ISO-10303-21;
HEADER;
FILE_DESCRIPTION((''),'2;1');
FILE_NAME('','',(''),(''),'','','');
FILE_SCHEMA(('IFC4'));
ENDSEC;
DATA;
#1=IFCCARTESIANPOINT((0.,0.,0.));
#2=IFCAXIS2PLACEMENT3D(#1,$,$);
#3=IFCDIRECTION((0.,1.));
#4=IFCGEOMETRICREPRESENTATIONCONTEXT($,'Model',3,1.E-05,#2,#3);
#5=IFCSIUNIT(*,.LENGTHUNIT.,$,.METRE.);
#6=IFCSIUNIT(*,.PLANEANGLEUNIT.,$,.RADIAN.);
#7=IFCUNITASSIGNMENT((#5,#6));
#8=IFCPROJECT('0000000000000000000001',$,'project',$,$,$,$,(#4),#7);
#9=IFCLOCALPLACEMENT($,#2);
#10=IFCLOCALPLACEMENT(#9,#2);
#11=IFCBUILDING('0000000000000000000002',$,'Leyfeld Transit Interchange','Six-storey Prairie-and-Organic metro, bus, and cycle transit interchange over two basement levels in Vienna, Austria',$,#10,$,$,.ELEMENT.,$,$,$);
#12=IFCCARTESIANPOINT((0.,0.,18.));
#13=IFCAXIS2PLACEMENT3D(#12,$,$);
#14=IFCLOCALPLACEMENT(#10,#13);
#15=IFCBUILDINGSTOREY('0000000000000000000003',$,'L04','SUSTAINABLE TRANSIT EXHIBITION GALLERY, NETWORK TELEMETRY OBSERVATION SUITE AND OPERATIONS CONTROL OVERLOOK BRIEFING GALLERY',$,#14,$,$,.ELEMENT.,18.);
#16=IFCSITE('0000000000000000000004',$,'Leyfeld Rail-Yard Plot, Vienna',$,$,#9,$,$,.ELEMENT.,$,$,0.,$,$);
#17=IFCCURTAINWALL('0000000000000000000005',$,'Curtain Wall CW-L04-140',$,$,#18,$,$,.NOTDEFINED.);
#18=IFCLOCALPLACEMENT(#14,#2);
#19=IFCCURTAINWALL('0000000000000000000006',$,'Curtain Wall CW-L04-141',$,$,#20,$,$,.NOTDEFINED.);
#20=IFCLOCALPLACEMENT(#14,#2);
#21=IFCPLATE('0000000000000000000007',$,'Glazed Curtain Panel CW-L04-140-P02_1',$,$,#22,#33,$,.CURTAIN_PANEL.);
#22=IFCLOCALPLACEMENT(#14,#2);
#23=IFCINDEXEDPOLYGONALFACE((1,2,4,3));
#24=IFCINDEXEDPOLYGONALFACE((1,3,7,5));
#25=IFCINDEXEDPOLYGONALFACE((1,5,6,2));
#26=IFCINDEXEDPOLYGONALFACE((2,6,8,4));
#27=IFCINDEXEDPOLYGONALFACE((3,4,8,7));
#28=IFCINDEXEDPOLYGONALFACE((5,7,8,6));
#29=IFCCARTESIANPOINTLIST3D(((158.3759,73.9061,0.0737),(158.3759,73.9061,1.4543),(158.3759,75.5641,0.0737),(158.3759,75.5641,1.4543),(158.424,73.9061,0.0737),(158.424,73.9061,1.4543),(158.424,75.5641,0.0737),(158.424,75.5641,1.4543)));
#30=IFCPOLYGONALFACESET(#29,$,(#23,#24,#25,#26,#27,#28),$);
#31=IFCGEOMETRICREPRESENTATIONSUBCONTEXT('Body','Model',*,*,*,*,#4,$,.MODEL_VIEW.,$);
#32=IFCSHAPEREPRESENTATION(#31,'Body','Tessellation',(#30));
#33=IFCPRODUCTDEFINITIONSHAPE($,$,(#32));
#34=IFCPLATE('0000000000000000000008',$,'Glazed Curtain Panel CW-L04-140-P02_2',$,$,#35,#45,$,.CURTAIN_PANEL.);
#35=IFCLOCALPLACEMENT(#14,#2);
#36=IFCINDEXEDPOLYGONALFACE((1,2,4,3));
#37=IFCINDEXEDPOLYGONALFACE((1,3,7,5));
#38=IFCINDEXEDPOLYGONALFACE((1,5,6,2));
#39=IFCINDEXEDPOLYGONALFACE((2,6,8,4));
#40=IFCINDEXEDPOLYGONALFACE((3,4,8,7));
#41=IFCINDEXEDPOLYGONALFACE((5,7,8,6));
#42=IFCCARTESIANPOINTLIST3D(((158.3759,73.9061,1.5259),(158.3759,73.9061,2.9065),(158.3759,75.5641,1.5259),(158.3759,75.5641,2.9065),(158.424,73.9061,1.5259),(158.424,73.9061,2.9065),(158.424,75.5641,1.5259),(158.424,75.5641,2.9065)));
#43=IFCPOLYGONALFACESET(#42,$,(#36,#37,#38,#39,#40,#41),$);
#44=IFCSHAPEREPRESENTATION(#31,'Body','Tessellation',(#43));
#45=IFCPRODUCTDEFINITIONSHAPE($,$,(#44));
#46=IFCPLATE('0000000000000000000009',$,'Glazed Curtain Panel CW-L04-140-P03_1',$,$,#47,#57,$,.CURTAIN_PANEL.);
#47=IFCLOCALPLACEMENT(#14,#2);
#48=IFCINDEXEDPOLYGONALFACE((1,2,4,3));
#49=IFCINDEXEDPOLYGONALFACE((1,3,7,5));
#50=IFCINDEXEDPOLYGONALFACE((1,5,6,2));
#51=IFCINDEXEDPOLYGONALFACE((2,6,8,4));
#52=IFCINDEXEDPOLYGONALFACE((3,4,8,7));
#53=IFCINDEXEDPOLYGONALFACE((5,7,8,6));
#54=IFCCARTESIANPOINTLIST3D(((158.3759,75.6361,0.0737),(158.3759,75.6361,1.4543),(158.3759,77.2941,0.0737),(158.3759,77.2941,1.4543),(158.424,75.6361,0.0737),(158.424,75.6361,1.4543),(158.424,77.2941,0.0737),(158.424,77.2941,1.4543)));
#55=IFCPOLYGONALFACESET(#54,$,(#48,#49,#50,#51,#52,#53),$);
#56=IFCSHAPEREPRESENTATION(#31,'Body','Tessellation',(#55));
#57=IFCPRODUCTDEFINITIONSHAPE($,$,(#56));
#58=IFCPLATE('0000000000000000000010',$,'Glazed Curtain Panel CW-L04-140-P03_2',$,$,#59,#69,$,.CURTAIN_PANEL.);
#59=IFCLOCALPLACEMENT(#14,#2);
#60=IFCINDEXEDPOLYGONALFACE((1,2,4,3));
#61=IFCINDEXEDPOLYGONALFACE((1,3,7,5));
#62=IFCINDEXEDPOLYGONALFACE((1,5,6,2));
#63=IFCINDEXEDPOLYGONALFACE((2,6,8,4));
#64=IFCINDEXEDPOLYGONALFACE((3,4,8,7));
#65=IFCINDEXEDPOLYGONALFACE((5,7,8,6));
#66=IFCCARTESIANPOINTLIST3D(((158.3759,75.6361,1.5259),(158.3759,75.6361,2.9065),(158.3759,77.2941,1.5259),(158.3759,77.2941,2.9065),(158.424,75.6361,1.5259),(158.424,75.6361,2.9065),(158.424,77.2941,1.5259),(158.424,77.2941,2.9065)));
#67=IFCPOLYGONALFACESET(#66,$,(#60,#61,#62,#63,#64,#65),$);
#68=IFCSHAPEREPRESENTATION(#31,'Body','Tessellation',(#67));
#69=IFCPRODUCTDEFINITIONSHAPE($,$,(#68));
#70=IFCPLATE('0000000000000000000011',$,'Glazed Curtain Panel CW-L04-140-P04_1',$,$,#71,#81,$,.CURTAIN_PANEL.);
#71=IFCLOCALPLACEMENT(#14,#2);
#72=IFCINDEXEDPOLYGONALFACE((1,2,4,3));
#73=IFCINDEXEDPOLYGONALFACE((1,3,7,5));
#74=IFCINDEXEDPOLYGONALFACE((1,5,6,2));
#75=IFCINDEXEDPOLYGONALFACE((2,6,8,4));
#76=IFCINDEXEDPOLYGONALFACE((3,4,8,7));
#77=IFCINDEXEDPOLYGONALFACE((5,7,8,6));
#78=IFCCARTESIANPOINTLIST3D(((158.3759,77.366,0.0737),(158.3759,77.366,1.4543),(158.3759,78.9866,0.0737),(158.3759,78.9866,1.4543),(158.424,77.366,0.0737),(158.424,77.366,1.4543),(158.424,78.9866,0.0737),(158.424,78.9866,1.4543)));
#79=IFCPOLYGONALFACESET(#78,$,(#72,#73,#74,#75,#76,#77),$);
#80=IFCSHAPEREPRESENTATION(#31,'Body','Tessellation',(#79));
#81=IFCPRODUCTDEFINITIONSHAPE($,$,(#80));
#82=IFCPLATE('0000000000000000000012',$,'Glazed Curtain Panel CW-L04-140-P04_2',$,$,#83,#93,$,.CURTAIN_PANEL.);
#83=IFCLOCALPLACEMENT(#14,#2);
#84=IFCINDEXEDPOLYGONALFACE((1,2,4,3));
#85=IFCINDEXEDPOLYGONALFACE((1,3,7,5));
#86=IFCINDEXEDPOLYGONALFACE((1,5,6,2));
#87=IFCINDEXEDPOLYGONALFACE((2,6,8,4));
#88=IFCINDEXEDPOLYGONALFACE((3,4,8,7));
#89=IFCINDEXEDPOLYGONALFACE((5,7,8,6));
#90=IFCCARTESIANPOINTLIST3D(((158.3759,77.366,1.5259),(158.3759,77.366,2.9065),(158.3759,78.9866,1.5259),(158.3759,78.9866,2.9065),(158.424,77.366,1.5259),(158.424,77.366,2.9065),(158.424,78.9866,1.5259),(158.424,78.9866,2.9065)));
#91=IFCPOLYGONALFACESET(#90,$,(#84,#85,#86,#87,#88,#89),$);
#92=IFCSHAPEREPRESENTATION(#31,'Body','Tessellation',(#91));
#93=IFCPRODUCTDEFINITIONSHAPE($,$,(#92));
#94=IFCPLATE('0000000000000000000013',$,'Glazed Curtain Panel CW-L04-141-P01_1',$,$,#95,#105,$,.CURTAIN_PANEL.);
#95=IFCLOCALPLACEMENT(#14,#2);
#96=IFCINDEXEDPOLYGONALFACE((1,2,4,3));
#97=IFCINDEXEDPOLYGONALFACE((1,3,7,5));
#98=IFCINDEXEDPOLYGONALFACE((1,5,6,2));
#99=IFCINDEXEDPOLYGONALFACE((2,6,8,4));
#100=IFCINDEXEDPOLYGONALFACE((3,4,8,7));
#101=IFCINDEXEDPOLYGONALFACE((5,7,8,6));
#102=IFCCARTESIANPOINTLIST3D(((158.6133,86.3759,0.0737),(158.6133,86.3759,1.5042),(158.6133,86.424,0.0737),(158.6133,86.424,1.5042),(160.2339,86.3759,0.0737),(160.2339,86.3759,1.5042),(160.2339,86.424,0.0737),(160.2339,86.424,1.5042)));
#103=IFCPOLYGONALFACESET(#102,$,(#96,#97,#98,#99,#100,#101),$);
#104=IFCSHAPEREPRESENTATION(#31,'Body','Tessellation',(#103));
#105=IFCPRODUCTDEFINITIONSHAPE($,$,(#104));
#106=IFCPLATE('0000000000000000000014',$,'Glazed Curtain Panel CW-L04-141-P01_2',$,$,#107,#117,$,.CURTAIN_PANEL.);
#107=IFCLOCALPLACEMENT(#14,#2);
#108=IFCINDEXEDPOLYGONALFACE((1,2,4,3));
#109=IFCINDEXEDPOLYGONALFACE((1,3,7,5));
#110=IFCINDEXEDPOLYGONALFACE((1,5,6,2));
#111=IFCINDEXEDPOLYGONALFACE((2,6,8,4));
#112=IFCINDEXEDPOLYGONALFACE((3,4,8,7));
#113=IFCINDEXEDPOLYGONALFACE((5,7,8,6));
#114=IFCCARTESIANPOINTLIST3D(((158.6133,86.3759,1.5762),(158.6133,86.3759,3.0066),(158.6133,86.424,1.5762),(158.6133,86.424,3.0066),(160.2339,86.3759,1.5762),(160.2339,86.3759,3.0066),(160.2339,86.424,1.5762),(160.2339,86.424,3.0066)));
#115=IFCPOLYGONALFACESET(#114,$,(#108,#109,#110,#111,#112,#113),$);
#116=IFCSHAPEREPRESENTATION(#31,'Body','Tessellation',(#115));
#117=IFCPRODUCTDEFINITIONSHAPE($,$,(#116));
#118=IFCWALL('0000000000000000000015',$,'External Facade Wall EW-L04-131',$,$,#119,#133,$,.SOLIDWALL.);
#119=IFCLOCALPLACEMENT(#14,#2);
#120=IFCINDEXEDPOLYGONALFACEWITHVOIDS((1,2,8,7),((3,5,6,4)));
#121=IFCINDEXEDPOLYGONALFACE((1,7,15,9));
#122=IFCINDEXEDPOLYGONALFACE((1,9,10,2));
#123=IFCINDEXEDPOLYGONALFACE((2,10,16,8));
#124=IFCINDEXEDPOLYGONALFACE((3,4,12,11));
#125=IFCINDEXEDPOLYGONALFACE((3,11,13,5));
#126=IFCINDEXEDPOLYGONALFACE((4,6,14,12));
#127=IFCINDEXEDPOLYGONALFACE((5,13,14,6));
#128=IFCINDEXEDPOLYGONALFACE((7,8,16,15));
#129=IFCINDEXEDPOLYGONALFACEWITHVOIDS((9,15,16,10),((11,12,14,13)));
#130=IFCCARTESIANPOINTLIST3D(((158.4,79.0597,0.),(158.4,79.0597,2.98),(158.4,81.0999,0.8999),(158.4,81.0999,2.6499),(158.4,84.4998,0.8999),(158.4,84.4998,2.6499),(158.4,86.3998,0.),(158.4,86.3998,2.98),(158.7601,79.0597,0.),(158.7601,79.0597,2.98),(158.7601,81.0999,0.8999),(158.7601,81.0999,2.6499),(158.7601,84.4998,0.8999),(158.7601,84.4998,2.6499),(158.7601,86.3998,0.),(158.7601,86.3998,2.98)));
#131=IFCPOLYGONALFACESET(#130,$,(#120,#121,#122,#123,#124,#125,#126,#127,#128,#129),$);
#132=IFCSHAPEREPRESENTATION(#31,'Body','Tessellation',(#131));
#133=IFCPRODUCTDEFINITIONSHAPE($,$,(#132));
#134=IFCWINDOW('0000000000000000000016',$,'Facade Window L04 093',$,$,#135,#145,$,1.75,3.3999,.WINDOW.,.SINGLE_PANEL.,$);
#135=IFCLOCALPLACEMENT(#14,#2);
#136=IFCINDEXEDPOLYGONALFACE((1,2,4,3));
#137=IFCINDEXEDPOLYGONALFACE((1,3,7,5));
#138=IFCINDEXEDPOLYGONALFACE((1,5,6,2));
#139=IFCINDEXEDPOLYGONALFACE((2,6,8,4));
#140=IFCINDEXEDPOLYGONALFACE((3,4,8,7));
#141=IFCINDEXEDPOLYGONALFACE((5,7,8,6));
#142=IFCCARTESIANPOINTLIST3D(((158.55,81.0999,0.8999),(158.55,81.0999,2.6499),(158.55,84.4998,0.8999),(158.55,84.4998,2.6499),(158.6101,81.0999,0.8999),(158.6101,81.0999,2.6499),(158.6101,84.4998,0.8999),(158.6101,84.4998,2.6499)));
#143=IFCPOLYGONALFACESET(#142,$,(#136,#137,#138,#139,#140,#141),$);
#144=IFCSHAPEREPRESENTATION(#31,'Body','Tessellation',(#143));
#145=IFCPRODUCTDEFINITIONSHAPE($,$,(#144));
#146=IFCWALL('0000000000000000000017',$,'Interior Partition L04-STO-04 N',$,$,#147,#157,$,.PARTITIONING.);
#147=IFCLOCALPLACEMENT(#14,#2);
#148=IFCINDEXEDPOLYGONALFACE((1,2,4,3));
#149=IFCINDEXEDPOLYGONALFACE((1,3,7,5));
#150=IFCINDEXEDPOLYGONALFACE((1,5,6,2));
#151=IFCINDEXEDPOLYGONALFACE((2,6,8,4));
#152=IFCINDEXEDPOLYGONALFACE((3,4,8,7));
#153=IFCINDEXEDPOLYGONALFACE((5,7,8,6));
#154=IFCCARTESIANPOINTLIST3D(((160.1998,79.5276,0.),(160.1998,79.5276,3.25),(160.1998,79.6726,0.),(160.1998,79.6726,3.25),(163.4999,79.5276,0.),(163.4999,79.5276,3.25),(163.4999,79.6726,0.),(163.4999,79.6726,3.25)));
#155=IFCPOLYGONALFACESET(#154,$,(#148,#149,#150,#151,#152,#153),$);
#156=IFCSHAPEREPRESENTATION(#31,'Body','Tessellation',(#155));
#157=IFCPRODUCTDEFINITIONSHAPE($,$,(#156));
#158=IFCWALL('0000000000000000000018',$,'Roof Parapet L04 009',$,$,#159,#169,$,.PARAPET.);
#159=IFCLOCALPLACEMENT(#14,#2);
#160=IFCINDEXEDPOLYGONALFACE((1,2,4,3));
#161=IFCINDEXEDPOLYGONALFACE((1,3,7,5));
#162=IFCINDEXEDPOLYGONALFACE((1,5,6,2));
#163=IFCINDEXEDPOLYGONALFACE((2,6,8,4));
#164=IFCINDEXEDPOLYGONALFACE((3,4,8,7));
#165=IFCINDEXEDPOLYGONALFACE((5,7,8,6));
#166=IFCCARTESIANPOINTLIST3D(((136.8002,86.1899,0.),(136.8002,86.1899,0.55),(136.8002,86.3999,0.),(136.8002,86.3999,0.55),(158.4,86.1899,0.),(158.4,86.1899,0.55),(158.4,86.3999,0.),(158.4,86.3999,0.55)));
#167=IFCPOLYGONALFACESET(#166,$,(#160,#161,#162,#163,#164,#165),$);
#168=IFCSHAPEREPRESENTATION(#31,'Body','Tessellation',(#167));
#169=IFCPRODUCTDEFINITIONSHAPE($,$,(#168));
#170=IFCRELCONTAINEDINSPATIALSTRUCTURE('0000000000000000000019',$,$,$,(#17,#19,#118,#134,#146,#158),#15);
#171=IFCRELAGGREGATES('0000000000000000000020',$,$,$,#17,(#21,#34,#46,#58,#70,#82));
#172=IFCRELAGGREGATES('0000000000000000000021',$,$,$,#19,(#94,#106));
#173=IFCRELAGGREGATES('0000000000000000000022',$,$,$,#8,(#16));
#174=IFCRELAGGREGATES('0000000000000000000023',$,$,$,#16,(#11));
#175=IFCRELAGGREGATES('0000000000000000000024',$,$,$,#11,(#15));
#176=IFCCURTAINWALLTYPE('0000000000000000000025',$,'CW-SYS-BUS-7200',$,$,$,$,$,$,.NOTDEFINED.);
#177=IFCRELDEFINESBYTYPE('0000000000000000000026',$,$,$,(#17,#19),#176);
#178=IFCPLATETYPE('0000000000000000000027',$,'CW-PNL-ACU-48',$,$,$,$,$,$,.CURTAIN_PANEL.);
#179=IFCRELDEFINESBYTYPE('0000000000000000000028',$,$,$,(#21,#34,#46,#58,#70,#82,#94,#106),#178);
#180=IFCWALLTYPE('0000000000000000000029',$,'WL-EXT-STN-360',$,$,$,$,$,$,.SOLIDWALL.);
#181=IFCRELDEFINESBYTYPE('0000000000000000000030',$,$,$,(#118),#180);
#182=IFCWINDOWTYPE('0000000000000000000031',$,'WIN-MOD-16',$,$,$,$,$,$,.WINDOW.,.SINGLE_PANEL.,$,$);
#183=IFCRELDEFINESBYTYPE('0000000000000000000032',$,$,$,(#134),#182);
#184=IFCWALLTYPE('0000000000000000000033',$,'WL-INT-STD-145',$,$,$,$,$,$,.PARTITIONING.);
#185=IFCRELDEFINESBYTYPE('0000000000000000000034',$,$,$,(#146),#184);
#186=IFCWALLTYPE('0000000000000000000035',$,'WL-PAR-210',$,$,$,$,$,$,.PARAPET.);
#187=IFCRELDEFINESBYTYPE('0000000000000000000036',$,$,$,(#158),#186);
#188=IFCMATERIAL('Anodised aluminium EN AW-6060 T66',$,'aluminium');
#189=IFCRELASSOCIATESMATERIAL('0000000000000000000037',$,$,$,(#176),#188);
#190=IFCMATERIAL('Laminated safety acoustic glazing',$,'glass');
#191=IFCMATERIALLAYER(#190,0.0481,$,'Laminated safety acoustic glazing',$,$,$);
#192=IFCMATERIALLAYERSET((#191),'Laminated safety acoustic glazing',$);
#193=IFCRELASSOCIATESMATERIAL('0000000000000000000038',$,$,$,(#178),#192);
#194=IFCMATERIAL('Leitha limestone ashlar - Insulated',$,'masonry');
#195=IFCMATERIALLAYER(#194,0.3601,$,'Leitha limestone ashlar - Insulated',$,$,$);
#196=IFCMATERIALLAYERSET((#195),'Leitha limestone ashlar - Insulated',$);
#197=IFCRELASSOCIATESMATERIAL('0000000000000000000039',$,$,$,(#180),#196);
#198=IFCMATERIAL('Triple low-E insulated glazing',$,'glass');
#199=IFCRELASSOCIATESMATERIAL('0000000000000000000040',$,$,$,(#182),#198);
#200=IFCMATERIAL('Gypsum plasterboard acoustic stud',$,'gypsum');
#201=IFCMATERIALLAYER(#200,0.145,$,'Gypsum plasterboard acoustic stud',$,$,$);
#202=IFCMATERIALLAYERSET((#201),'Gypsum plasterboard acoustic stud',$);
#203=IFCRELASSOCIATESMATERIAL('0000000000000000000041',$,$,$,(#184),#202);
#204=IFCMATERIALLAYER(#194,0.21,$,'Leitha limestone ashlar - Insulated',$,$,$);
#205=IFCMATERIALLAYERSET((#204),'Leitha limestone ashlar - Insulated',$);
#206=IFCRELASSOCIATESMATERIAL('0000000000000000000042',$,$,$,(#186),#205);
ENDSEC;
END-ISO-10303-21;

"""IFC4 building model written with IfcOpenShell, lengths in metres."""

from ifc_helpers import new_model, si_unit, direction, frame, frame_2d, origin, origin_2d, place, context, subcontext, project, spatial, rectangle, extrude, material, layer, layer_set, type_object, element, fill, aggregate, save


model = new_model("IFC4")

# Units and contexts
model_context = context("Model", 3, precision=1e-05, world=origin(), true_north=direction((0.0, 1.0)))
body_context = subcontext(model_context, "Body", "Model", "MODEL_VIEW")
ifc_project = project(units=[si_unit("LENGTHUNIT", "METRE"), si_unit("PLANEANGLEUNIT", "RADIAN")], contexts=[model_context])

# Site, building, storey
site_placement = place(None, origin())
site = spatial("IfcSite", under=ifc_project, at=site_placement, Name="Leyfeld Rail-Yard Plot, Vienna", CompositionType="ELEMENT", RefElevation=0.0)
building_placement = place(site_placement, origin())
building = spatial("IfcBuilding", under=site, at=building_placement, Name="Leyfeld Transit Interchange", Description="Six-storey Prairie-and-Organic metro, bus, and cycle transit interchange over two basement levels in Vienna, Austria", CompositionType="ELEMENT")
storey_placement = place(building_placement, frame((0.0, 0.0, 18.0)))
storey = spatial("IfcBuildingStorey", under=building, at=storey_placement, Name="L04", Description="SUSTAINABLE TRANSIT EXHIBITION GALLERY, NETWORK TELEMETRY OBSERVATION SUITE AND OPERATIONS CONTROL OVERLOOK BRIEFING GALLERY", CompositionType="ELEMENT", Elevation=18.0)

# Curtain wall
ifc_material_1 = material(Name="Anodised aluminium EN AW-6060 T66", Category="aluminium")
curtain_wall_type = type_object("IfcCurtainWallType", Name="CW-SYS-BUS-7200", PredefinedType="NOTDEFINED", material=ifc_material_1)
curtain_wall_1_placement = place(storey_placement, origin())
curtain_wall_1 = element("IfcCurtainWall", 1, at=curtain_wall_1_placement, inside=storey, type_object=curtain_wall_type, Name="Curtain Wall CW-L04-140", PredefinedType="NOTDEFINED")

# Curtain wall
curtain_wall_2_placement = place(storey_placement, origin())
curtain_wall_2 = element("IfcCurtainWall", 2, at=curtain_wall_2_placement, inside=storey, type_object=curtain_wall_type, Name="Curtain Wall CW-L04-141", PredefinedType="NOTDEFINED")

# Plates
ifc_material_2 = material(Name="Laminated safety acoustic glazing", Category="glass")
ifc_layer_1 = layer(ifc_material_2, 0.0481, Name="Laminated safety acoustic glazing")
ifc_layer_set_1 = layer_set([ifc_layer_1], Name="Laminated safety acoustic glazing")
plate_type = type_object("IfcPlateType", Name="CW-PNL-ACU-48", PredefinedType="CURTAIN_PANEL", material=ifc_layer_set_1)
plate_1_placement = place(storey_placement, frame((158.3999, 74.7351, 0.0737), z_axis=(0.0, 0.0, 1.0), x_axis=(0.0, 1.0, 0.0)))
plate_1 = element("IfcPlate", 3, at=plate_1_placement, type_object=plate_type, Name="Glazed Curtain Panel CW-L04-140-P02_1", PredefinedType="CURTAIN_PANEL", context=body_context, shape_type="SweptSolid", body=[
    extrude(rectangle(XDim=1.658, YDim=0.0481, at=origin_2d()), origin(), (0.0, 0.0, 1.0), 1.3806),
])
plate_2_placement = place(storey_placement, frame((158.3999, 74.7351, 1.5259), z_axis=(0.0, 0.0, 1.0), x_axis=(0.0, 1.0, 0.0)))
plate_2 = element("IfcPlate", 4, at=plate_2_placement, type_object=plate_type, Name="Glazed Curtain Panel CW-L04-140-P02_2", PredefinedType="CURTAIN_PANEL", context=body_context, shape_type="SweptSolid", body=[
    extrude(rectangle(XDim=1.658, YDim=0.0481, at=origin_2d()), origin(), (0.0, 0.0, 1.0), 1.3806),
])
plate_3_placement = place(storey_placement, frame((158.3999, 76.4651, 0.0737), z_axis=(0.0, 0.0, 1.0), x_axis=(0.0, 1.0, 0.0)))
plate_3 = element("IfcPlate", 5, at=plate_3_placement, type_object=plate_type, Name="Glazed Curtain Panel CW-L04-140-P03_1", PredefinedType="CURTAIN_PANEL", context=body_context, shape_type="SweptSolid", body=[
    extrude(rectangle(XDim=1.658, YDim=0.0481, at=origin_2d()), origin(), (0.0, 0.0, 1.0), 1.3806),
])
plate_4_placement = place(storey_placement, frame((158.3999, 76.4651, 1.5259), z_axis=(0.0, 0.0, 1.0), x_axis=(0.0, 1.0, 0.0)))
plate_4 = element("IfcPlate", 6, at=plate_4_placement, type_object=plate_type, Name="Glazed Curtain Panel CW-L04-140-P03_2", PredefinedType="CURTAIN_PANEL", context=body_context, shape_type="SweptSolid", body=[
    extrude(rectangle(XDim=1.658, YDim=0.0481, at=origin_2d()), origin(), (0.0, 0.0, 1.0), 1.3806),
])
plate_5_placement = place(storey_placement, frame((158.3999, 78.1763, 0.0737), z_axis=(0.0, 0.0, 1.0), x_axis=(0.0, 1.0, 0.0)))
plate_5 = element("IfcPlate", 7, at=plate_5_placement, type_object=plate_type, Name="Glazed Curtain Panel CW-L04-140-P04_1", PredefinedType="CURTAIN_PANEL", context=body_context, shape_type="SweptSolid", body=[
    extrude(rectangle(XDim=1.6206, YDim=0.0481, at=origin_2d()), origin(), (0.0, 0.0, 1.0), 1.3806),
])
plate_6_placement = place(storey_placement, frame((158.3999, 78.1763, 1.5259), z_axis=(0.0, 0.0, 1.0), x_axis=(0.0, 1.0, 0.0)))
plate_6 = element("IfcPlate", 8, at=plate_6_placement, type_object=plate_type, Name="Glazed Curtain Panel CW-L04-140-P04_2", PredefinedType="CURTAIN_PANEL", context=body_context, shape_type="SweptSolid", body=[
    extrude(rectangle(XDim=1.6206, YDim=0.0481, at=origin_2d()), origin(), (0.0, 0.0, 1.0), 1.3806),
])
aggregate(curtain_wall_1, [plate_1, plate_2, plate_3, plate_4, plate_5, plate_6])
plate_7_placement = place(storey_placement, frame((159.4236, 86.3999, 0.0737), z_axis=(0.0, 0.0, 1.0), x_axis=(1.0, 0.0, 0.0)))
plate_7 = element("IfcPlate", 9, at=plate_7_placement, type_object=plate_type, Name="Glazed Curtain Panel CW-L04-141-P01_1", PredefinedType="CURTAIN_PANEL", context=body_context, shape_type="SweptSolid", body=[
    extrude(rectangle(XDim=1.6206, YDim=0.0481, at=origin_2d()), origin(), (0.0, 0.0, 1.0), 1.4304),
])
plate_8_placement = place(storey_placement, frame((159.4236, 86.3999, 1.5762), z_axis=(0.0, 0.0, 1.0), x_axis=(1.0, 0.0, 0.0)))
plate_8 = element("IfcPlate", 10, at=plate_8_placement, type_object=plate_type, Name="Glazed Curtain Panel CW-L04-141-P01_2", PredefinedType="CURTAIN_PANEL", context=body_context, shape_type="SweptSolid", body=[
    extrude(rectangle(XDim=1.6206, YDim=0.0481, at=origin_2d()), origin(), (0.0, 0.0, 1.0), 1.4304),
])
aggregate(curtain_wall_2, [plate_7, plate_8])

# Wall, opening, window
ifc_material_3 = material(Name="Leitha limestone ashlar - Insulated", Category="masonry")
ifc_layer_2 = layer(ifc_material_3, 0.3601, Name="Leitha limestone ashlar - Insulated")
ifc_layer_set_2 = layer_set([ifc_layer_2], Name="Leitha limestone ashlar - Insulated")
wall_type_1 = type_object("IfcWallType", Name="WL-EXT-STN-360", PredefinedType="SOLIDWALL", material=ifc_layer_set_2)
wall_1_placement = place(storey_placement, frame((158.5801, 79.0598, 0.0), z_axis=(0.0, 0.0, 1.0), x_axis=(0.0, 1.0, 0.0)))
wall_1 = element("IfcWall", 11, at=wall_1_placement, inside=storey, type_object=wall_type_1, Name="External Facade Wall EW-L04-131", PredefinedType="SOLIDWALL", context=body_context, shape_type="SweptSolid", body=[
    extrude(rectangle(XDim=7.3401, YDim=0.3601, at=frame_2d((3.6699, 0.0))), origin(), (0.0, 0.0, 1.0), 2.98),
])
opening_placement = place(wall_1_placement, frame((2.04, 0.0, 0.8999)))
opening = element("IfcOpeningElement", 12, at=opening_placement, cuts=wall_1, PredefinedType="OPENING", context=body_context, shape_type="SweptSolid", body=[
    extrude(rectangle(XDim=3.3999, YDim=1.75, at=frame_2d((1.7, 0.875))), frame((0.0, 0.1899, 0.0), z_axis=(0.0, -1.0, 0.0), x_axis=(1.0, 0.0, 0.0)), (0.0, 0.0, 1.0), 0.3801),
])
ifc_material_4 = material(Name="Triple low-E insulated glazing", Category="glass")
window_type = type_object("IfcWindowType", Name="WIN-MOD-16", PartitioningType="SINGLE_PANEL", PredefinedType="WINDOW", material=ifc_material_4)
window_placement = place(opening_placement, origin())
window = element("IfcWindow", 13, at=window_placement, inside=storey, type_object=window_type, Name="Facade Window L04 093", OverallHeight=1.75, OverallWidth=3.3999, PartitioningType="SINGLE_PANEL", PredefinedType="WINDOW", context=body_context, shape_type="SweptSolid", body=[
    extrude(rectangle(XDim=3.3999, YDim=1.75, at=frame_2d((1.7, 0.875))), frame((0.0, 0.03, 0.0), z_axis=(0.0, -1.0, 0.0), x_axis=(1.0, 0.0, 0.0)), (0.0, 0.0, 1.0), 0.0601),
])
fill(opening, window)

# Walls
ifc_material_5 = material(Name="Gypsum plasterboard acoustic stud", Category="gypsum")
ifc_layer_3 = layer(ifc_material_5, 0.145, Name="Gypsum plasterboard acoustic stud")
ifc_layer_set_3 = layer_set([ifc_layer_3], Name="Gypsum plasterboard acoustic stud")
wall_type_2 = type_object("IfcWallType", Name="WL-INT-STD-145", PredefinedType="PARTITIONING", material=ifc_layer_set_3)
wall_2_placement = place(storey_placement, frame((160.2, 79.6001, 0.0), z_axis=(0.0, 0.0, 1.0), x_axis=(1.0, 0.0, 0.0)))
element("IfcWall", 14, at=wall_2_placement, inside=storey, type_object=wall_type_2, Name="Interior Partition L04-STO-04 N", PredefinedType="PARTITIONING", context=body_context, shape_type="SweptSolid", body=[
    extrude(rectangle(XDim=3.3, YDim=0.145, at=frame_2d((1.6499, 0.0))), origin(), (0.0, 0.0, 1.0), 3.25),
])
ifc_layer_4 = layer(ifc_material_3, 0.21, Name="Leitha limestone ashlar - Insulated")
ifc_layer_set_4 = layer_set([ifc_layer_4], Name="Leitha limestone ashlar - Insulated")
wall_type_3 = type_object("IfcWallType", Name="WL-PAR-210", PredefinedType="PARAPET", material=ifc_layer_set_4)
wall_3_placement = place(storey_placement, frame((158.3999, 86.2949, 0.0), z_axis=(0.0, 0.0, 1.0), x_axis=(-1.0, 0.0, 0.0)))
element("IfcWall", 15, at=wall_3_placement, inside=storey, type_object=wall_type_3, Name="Roof Parapet L04 009", PredefinedType="PARAPET", context=body_context, shape_type="SweptSolid", body=[
    extrude(rectangle(XDim=21.5999, YDim=0.21, at=frame_2d((10.7998, 0.0))), origin(), (0.0, 0.0, 1.0), 0.55),
])

save(model, "model.ifc")
